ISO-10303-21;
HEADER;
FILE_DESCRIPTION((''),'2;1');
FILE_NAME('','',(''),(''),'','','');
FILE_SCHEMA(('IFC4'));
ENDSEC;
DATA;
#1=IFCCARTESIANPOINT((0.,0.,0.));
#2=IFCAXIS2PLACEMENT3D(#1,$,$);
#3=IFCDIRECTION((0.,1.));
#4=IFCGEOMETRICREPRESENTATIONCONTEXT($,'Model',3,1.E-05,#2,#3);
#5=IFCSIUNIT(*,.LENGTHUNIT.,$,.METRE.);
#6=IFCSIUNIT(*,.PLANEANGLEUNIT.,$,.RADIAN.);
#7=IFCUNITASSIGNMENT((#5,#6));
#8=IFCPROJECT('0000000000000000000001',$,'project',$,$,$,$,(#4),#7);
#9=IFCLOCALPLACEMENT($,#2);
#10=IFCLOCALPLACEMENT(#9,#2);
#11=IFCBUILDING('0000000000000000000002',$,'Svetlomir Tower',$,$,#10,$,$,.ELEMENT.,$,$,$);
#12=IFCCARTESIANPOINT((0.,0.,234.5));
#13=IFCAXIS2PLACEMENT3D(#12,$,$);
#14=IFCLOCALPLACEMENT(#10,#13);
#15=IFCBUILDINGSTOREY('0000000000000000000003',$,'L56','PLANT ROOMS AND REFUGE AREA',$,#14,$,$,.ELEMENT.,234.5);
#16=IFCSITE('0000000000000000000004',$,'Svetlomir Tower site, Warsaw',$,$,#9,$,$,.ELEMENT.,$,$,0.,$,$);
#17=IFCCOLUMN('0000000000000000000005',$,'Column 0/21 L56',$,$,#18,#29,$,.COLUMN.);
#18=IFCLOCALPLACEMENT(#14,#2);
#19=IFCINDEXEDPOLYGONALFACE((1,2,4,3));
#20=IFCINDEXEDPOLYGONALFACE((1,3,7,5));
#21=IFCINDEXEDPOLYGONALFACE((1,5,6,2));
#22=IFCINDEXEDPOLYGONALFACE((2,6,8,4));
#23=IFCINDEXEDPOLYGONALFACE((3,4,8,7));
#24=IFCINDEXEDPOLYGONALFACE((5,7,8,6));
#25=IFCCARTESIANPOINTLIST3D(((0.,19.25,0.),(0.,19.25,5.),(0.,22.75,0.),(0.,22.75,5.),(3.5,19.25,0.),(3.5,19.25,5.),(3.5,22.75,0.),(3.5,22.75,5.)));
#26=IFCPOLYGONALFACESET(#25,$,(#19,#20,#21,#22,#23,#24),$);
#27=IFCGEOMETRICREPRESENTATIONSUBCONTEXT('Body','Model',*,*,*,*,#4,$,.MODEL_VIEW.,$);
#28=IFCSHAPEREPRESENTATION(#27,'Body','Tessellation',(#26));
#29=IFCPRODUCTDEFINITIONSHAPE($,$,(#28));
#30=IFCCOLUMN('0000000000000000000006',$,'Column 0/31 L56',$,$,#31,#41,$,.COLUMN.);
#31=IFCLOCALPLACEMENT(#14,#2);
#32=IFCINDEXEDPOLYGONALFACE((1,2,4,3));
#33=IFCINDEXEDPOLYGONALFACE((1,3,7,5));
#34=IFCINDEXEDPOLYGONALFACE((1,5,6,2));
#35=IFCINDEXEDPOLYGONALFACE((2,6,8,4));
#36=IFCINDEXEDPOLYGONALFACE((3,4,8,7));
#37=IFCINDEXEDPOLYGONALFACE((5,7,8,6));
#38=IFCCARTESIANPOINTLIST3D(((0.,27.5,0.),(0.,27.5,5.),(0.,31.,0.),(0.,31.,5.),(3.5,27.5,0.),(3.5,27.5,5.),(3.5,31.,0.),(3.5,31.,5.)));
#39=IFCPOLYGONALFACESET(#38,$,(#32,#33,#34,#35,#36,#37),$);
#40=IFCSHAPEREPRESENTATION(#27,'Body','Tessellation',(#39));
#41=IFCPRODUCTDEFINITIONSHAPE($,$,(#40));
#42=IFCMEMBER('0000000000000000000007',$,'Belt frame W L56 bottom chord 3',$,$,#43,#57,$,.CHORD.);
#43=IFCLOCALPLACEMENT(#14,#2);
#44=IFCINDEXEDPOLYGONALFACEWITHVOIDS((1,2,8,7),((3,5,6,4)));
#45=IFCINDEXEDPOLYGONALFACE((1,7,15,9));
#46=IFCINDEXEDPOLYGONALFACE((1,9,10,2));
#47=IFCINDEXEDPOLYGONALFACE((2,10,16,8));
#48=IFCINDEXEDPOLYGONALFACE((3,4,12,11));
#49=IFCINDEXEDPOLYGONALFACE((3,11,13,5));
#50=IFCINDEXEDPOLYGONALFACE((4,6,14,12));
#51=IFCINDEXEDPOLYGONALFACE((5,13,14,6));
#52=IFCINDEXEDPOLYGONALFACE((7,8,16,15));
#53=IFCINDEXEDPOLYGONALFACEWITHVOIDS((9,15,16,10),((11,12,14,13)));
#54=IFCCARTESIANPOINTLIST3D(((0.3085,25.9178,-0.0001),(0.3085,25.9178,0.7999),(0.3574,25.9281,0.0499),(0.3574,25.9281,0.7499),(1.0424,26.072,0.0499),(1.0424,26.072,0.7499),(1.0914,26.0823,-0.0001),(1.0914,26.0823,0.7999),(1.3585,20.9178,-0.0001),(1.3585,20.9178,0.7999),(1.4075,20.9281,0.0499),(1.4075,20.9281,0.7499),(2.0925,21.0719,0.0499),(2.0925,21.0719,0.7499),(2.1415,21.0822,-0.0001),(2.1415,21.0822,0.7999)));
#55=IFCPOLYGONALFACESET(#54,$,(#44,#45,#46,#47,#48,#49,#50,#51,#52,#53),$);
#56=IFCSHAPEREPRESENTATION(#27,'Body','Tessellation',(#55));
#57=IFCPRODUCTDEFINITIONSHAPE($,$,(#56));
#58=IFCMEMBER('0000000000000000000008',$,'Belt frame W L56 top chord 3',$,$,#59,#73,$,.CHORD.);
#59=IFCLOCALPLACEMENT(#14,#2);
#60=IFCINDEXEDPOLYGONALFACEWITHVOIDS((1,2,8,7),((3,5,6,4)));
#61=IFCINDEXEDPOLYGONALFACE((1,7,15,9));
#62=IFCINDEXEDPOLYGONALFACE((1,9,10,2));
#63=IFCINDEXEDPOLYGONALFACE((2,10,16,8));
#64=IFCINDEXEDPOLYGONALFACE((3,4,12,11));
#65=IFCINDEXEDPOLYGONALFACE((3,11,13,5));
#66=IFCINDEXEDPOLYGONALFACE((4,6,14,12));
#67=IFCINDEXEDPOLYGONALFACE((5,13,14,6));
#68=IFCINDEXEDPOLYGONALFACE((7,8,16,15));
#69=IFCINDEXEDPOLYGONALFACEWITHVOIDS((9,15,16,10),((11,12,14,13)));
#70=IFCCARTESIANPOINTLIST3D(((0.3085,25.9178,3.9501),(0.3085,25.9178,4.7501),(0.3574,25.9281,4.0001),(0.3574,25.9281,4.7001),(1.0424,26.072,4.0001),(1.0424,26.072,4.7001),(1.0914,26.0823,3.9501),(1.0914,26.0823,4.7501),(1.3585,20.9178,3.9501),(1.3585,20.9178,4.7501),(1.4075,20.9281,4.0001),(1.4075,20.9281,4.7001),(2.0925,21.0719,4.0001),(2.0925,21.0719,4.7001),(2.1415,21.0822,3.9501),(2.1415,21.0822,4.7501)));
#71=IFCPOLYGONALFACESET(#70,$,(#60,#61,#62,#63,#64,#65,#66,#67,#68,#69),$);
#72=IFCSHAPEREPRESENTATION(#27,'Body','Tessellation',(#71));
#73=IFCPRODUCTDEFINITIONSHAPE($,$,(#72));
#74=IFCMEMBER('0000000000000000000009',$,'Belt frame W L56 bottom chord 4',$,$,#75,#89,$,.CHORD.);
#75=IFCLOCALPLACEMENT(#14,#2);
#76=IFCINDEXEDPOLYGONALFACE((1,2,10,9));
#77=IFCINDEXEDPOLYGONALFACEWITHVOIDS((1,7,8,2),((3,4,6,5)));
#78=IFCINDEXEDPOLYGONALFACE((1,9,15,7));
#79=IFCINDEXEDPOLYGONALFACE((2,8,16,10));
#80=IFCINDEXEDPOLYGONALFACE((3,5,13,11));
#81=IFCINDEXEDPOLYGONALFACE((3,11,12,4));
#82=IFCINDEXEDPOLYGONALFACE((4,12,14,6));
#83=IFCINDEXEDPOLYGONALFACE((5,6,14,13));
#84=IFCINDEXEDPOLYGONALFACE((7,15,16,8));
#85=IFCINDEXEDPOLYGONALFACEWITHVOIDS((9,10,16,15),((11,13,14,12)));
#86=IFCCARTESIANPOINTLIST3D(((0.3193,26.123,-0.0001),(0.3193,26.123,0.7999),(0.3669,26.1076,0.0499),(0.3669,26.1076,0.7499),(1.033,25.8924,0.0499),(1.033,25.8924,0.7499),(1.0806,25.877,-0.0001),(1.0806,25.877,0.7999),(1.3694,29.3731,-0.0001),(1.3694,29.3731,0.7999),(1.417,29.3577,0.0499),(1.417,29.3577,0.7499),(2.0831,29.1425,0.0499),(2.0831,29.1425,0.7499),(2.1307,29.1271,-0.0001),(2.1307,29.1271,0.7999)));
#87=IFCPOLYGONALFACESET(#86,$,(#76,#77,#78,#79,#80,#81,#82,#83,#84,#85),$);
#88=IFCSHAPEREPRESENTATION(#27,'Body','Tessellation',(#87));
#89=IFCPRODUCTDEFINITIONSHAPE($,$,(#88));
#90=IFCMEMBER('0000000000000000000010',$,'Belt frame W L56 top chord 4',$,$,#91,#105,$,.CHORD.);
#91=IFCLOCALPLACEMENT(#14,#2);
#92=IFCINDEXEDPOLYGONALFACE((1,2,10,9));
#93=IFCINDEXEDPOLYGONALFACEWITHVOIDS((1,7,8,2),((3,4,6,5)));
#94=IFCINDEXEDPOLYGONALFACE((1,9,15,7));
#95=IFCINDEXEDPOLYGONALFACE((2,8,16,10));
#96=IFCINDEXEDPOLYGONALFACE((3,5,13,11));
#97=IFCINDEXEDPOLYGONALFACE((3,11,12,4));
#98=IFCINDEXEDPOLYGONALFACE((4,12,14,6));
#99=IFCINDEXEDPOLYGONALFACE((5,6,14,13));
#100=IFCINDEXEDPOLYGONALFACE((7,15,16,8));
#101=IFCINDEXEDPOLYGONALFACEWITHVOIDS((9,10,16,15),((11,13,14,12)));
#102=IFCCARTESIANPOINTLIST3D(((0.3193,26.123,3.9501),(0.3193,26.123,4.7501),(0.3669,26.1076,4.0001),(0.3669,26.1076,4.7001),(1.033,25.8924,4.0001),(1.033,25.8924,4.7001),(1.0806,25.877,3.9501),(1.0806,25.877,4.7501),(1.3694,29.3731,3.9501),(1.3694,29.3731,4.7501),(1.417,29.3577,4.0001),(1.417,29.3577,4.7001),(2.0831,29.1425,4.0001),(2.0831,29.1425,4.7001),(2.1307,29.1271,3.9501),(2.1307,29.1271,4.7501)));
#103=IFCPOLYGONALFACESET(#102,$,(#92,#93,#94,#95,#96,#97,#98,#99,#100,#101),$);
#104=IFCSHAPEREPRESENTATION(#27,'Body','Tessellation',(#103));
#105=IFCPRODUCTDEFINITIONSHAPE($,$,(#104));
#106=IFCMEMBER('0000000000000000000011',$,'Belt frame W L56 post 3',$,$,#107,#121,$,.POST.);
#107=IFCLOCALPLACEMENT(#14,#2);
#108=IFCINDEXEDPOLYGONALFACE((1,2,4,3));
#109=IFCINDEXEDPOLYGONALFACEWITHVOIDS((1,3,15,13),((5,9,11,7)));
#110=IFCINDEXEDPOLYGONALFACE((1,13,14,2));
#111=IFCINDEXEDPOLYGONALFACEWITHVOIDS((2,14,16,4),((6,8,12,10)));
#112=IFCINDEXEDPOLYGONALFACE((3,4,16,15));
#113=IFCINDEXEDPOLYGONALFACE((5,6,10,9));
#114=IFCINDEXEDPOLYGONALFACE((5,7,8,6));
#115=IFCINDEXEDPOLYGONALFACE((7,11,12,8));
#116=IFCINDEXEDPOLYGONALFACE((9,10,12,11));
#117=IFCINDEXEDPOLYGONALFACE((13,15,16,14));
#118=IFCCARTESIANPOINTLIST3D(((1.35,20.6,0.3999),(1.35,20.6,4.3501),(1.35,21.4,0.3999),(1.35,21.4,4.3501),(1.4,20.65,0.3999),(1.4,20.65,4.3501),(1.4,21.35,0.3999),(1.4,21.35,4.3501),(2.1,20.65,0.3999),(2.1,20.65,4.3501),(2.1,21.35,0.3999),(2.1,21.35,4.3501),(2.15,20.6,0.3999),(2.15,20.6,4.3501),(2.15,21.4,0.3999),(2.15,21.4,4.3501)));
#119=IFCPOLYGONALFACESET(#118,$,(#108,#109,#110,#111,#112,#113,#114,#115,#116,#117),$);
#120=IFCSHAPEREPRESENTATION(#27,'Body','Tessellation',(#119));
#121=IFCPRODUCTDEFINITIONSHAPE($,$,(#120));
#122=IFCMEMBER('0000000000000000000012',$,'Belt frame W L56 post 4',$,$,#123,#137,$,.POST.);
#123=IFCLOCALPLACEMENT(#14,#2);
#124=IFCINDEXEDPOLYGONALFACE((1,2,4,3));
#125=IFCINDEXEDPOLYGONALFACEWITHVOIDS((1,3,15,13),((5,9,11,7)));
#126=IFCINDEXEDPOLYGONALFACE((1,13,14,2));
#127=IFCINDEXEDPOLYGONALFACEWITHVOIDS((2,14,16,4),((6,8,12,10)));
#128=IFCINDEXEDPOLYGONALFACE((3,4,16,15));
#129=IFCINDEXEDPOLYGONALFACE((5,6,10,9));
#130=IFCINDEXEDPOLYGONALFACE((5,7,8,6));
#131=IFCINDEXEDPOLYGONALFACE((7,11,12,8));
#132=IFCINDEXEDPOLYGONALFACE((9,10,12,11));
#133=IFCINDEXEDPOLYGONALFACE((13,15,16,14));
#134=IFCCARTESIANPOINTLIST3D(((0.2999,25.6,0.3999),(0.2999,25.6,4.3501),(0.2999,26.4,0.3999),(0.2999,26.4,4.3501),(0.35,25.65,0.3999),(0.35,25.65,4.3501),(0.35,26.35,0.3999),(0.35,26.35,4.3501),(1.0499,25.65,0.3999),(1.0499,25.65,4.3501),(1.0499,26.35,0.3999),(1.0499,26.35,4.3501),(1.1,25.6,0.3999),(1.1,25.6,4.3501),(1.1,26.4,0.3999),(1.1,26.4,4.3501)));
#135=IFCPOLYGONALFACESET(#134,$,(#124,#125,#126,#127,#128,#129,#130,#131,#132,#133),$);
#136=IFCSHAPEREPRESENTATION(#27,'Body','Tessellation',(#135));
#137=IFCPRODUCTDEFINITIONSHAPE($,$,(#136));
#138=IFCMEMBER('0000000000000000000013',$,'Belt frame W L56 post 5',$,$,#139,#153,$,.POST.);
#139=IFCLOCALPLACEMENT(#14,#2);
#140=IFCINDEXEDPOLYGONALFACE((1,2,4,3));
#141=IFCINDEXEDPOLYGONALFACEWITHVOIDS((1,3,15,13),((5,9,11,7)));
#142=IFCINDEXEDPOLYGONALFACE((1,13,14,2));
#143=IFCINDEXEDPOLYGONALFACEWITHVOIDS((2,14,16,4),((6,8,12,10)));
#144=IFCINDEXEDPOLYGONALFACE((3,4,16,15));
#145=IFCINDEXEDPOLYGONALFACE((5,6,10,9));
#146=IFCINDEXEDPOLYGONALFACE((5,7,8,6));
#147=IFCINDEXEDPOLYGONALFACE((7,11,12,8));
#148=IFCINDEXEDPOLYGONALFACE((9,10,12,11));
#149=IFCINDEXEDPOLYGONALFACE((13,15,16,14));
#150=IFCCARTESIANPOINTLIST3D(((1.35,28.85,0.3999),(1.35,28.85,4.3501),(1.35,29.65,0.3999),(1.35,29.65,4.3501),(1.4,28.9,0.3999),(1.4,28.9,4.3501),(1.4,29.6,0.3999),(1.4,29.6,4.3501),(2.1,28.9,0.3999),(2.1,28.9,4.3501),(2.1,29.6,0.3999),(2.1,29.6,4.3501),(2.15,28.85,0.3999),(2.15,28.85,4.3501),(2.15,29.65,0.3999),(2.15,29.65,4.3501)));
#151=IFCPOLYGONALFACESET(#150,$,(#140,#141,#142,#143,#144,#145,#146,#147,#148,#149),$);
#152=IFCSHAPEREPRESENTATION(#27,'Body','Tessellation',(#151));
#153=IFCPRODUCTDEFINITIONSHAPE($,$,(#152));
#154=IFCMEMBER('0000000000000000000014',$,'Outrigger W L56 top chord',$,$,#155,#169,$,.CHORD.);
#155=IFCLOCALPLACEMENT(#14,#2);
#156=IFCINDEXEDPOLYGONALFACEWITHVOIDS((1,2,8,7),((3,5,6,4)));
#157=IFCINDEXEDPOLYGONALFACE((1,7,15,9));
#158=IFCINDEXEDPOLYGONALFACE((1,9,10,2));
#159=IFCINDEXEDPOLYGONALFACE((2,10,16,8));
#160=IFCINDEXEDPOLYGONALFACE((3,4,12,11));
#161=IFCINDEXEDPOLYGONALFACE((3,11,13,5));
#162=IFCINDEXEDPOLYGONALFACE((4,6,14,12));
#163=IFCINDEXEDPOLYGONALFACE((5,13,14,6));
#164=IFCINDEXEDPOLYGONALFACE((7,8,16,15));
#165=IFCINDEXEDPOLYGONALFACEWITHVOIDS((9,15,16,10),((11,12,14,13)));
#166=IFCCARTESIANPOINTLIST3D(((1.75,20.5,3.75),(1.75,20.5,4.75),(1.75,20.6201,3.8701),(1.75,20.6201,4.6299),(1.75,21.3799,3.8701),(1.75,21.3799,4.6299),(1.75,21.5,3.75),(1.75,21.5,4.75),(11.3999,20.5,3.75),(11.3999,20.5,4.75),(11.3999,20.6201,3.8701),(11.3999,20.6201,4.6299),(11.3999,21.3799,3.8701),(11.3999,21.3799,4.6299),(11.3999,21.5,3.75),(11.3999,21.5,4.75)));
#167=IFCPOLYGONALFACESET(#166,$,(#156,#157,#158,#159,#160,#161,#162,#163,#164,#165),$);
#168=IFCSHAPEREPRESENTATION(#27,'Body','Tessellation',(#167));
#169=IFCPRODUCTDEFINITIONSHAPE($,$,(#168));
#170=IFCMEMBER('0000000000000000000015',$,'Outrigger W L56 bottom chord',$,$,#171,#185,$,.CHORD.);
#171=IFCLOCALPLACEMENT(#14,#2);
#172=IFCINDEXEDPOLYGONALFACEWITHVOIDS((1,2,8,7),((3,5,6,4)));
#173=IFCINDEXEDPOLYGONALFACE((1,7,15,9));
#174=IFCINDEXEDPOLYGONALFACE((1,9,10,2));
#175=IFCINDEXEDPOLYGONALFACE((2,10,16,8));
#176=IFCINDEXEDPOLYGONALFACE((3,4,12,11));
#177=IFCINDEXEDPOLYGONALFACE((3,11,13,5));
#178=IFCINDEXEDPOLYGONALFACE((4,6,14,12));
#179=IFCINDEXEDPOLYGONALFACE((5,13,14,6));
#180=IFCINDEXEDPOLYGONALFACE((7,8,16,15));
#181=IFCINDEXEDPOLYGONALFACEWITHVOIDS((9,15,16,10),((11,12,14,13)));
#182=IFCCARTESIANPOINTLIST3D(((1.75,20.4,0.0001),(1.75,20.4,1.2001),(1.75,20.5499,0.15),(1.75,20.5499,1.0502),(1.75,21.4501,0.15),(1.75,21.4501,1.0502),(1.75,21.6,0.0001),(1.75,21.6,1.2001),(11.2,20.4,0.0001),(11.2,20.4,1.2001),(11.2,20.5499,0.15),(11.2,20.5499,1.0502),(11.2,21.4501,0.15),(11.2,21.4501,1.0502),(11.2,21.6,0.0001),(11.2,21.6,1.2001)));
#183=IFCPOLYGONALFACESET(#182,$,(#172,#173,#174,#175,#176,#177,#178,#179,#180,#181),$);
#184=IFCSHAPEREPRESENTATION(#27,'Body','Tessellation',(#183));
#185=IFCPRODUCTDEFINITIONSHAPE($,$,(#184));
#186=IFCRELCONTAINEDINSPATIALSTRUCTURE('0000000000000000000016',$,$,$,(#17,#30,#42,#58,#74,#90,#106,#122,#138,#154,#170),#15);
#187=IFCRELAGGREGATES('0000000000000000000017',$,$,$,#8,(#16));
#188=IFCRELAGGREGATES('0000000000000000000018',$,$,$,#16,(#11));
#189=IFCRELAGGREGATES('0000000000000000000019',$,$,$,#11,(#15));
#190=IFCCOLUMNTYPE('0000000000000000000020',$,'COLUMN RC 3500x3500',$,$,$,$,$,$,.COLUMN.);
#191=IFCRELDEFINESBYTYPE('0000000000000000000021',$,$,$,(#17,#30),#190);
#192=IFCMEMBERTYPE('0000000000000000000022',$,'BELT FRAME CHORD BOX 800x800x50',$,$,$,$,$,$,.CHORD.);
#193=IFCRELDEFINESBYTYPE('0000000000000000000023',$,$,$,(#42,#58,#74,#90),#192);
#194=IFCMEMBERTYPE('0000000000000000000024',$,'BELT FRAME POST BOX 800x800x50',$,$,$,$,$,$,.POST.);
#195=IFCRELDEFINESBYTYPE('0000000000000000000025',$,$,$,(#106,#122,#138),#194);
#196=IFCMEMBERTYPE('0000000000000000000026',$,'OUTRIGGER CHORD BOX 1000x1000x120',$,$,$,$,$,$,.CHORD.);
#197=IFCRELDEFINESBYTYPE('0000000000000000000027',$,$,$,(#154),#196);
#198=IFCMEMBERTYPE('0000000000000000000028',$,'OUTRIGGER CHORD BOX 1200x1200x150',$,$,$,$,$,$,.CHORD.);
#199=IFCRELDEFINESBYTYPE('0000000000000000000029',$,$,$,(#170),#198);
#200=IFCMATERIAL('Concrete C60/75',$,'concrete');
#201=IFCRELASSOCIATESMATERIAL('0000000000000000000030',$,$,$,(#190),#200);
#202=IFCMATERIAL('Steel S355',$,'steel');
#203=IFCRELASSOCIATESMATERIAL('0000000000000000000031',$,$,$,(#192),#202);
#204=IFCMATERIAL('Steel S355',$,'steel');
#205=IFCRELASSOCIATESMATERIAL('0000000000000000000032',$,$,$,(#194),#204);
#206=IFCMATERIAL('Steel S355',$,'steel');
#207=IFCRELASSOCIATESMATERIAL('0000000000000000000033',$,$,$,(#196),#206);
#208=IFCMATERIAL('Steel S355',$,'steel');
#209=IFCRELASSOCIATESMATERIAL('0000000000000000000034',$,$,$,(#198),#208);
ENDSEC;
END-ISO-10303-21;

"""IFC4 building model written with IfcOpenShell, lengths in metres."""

from ifc_helpers import new_model, si_unit, direction, frame, origin, origin_2d, place, context, subcontext, project, spatial, rectangle, hollow_rectangle, extrude, material, material_profile, profile_set, type_object, element, save


model = new_model("IFC4")

# Units and contexts
model_context = context("Model", 3, precision=1e-05, world=origin(), true_north=direction((0.0, 1.0)))
body_context = subcontext(model_context, "Body", "Model", "MODEL_VIEW")
ifc_project = project(units=[si_unit("LENGTHUNIT", "METRE"), si_unit("PLANEANGLEUNIT", "RADIAN")], contexts=[model_context])

# Site, building, storey
site_placement = place(None, origin())
site = spatial("IfcSite", under=ifc_project, at=site_placement, Name="Svetlomir Tower site, Warsaw", CompositionType="ELEMENT", RefElevation=0.0)
building_placement = place(site_placement, origin())
building = spatial("IfcBuilding", under=site, at=building_placement, Name="Svetlomir Tower", CompositionType="ELEMENT")
storey_placement = place(building_placement, frame((0.0, 0.0, 234.5)))
storey = spatial("IfcBuildingStorey", under=building, at=storey_placement, Name="L56", Description="PLANT ROOMS AND REFUGE AREA", CompositionType="ELEMENT", Elevation=234.5)

# Columns
ifc_material_1 = material(Name="Concrete C60/75", Category="concrete")
ifc_material_profile_1 = material_profile(ifc_material_1, rectangle(XDim=3.5, YDim=3.5, at=origin_2d()), Name="RC 3500x3500")
ifc_profile_set_1 = profile_set([ifc_material_profile_1], Name="Concrete C60/75")
column_type = type_object("IfcColumnType", Name="COLUMN RC 3500x3500", PredefinedType="COLUMN", material=ifc_profile_set_1)
for number, where, z_axis, x_axis, name in (
    (1, (1.75, 21.0, 0.0), (0.0, 0.0, 1.0), (1.0, 0.0, 0.0), "Column 0/21 L56"),
    (2, (1.75, 29.25, 0.0), (0.0, 0.0, 1.0), (1.0, 0.0, 0.0), "Column 0/31 L56"),
):
    element("IfcColumn", number, at=place(storey_placement, frame(where, z_axis=z_axis, x_axis=x_axis)), inside=storey, type_object=column_type, Name=name, PredefinedType="COLUMN", context=body_context, shape_type="SweptSolid", body=[
        extrude(rectangle(XDim=3.5, YDim=3.5, at=origin_2d()), origin(), (0.0, 0.0, 1.0), 5.0),
    ])

# Members
ifc_material_2 = material(Name="Steel S355", Category="steel")
ifc_material_profile_2 = material_profile(ifc_material_2, hollow_rectangle(XDim=0.8, YDim=0.8, WallThickness=0.05, at=origin_2d()), Name="BOX 800x800x50")
ifc_profile_set_2 = profile_set([ifc_material_profile_2], Name="Steel S355")
member_type_1 = type_object("IfcMemberType", Name="BELT FRAME CHORD BOX 800x800x50", PredefinedType="CHORD", material=ifc_profile_set_2)
for number, where, z_axis, x_axis, name in (
    (3, (1.75, 21.0, 0.3999), (-0.205526, 0.978652, 0.0), (-0.978652, -0.205526, 0.0), "Belt frame W L56 bottom chord 3"),
    (4, (1.75, 21.0, 4.3501), (-0.205526, 0.978652, 0.0), (-0.978652, -0.205526, 0.0), "Belt frame W L56 top chord 3"),
):
    element("IfcMember", number, at=place(storey_placement, frame(where, z_axis=z_axis, x_axis=x_axis)), inside=storey, type_object=member_type_1, Name=name, PredefinedType="CHORD", context=body_context, shape_type="SweptSolid", body=[
        extrude(hollow_rectangle(XDim=0.8, YDim=0.8, WallThickness=0.05, at=origin_2d()), origin(), (0.0, 0.0, 1.0), 5.1091),
    ])
for number, where, z_axis, x_axis, name in (
    (5, (0.7, 26.0, 0.3999), (0.307443, 0.951566, 0.0), (-0.951566, 0.307443, 0.0), "Belt frame W L56 bottom chord 4"),
    (6, (0.7, 26.0, 4.3501), (0.307443, 0.951566, 0.0), (-0.951566, 0.307443, 0.0), "Belt frame W L56 top chord 4"),
):
    element("IfcMember", number, at=place(storey_placement, frame(where, z_axis=z_axis, x_axis=x_axis)), inside=storey, type_object=member_type_1, Name=name, PredefinedType="CHORD", context=body_context, shape_type="SweptSolid", body=[
        extrude(hollow_rectangle(XDim=0.8, YDim=0.8, WallThickness=0.05, at=origin_2d()), origin(), (0.0, 0.0, 1.0), 3.4155),
    ])
ifc_material_3 = material(Name="Steel S355", Category="steel")
ifc_material_profile_3 = material_profile(ifc_material_3, hollow_rectangle(XDim=0.8, YDim=0.8, WallThickness=0.05, at=origin_2d()), Name="BOX 800x800x50")
ifc_profile_set_3 = profile_set([ifc_material_profile_3], Name="Steel S355")
member_type_2 = type_object("IfcMemberType", Name="BELT FRAME POST BOX 800x800x50", PredefinedType="POST", material=ifc_profile_set_3)
for number, where, z_axis, x_axis, name in (
    (7, (1.75, 21.0, 0.3999), (0.0, 0.0, 1.0), (1.0, 0.0, 0.0), "Belt frame W L56 post 3"),
    (8, (0.7, 26.0, 0.3999), (0.0, 0.0, 1.0), (1.0, 0.0, 0.0), "Belt frame W L56 post 4"),
    (9, (1.75, 29.25, 0.3999), (0.0, 0.0, 1.0), (1.0, 0.0, 0.0), "Belt frame W L56 post 5"),
):
    element("IfcMember", number, at=place(storey_placement, frame(where, z_axis=z_axis, x_axis=x_axis)), inside=storey, type_object=member_type_2, Name=name, PredefinedType="POST", context=body_context, shape_type="SweptSolid", body=[
        extrude(hollow_rectangle(XDim=0.8, YDim=0.8, WallThickness=0.05, at=origin_2d()), origin(), (0.0, 0.0, 1.0), 3.9502),
    ])
ifc_material_4 = material(Name="Steel S355", Category="steel")
ifc_material_profile_4 = material_profile(ifc_material_4, hollow_rectangle(XDim=1.0, YDim=1.0, WallThickness=0.1201, at=origin_2d()), Name="BOX 1000x1000x120")
ifc_profile_set_4 = profile_set([ifc_material_profile_4], Name="Steel S355")
member_type_3 = type_object("IfcMemberType", Name="OUTRIGGER CHORD BOX 1000x1000x120", PredefinedType="CHORD", material=ifc_profile_set_4)
member_1_placement = place(storey_placement, frame((11.3999, 21.0, 4.25), z_axis=(-1.0, 0.0, 0.0), x_axis=(0.0, -1.0, 0.0)))
element("IfcMember", 10, at=member_1_placement, inside=storey, type_object=member_type_3, Name="Outrigger W L56 top chord", PredefinedType="CHORD", context=body_context, shape_type="SweptSolid", body=[
    extrude(hollow_rectangle(XDim=1.0, YDim=1.0, WallThickness=0.1201, at=origin_2d()), origin(), (0.0, 0.0, 1.0), 9.6499),
])
ifc_material_5 = material(Name="Steel S355", Category="steel")
ifc_material_profile_5 = material_profile(ifc_material_5, hollow_rectangle(XDim=1.2, YDim=1.2, WallThickness=0.1499, at=origin_2d()), Name="BOX 1200x1200x150")
ifc_profile_set_5 = profile_set([ifc_material_profile_5], Name="Steel S355")
member_type_4 = type_object("IfcMemberType", Name="OUTRIGGER CHORD BOX 1200x1200x150", PredefinedType="CHORD", material=ifc_profile_set_5)
member_2_placement = place(storey_placement, frame((11.2, 21.0, 0.6001), z_axis=(-1.0, 0.0, 0.0), x_axis=(0.0, -1.0, 0.0)))
element("IfcMember", 11, at=member_2_placement, inside=storey, type_object=member_type_4, Name="Outrigger W L56 bottom chord", PredefinedType="CHORD", context=body_context, shape_type="SweptSolid", body=[
    extrude(hollow_rectangle(XDim=1.2, YDim=1.2, WallThickness=0.1499, at=origin_2d()), origin(), (0.0, 0.0, 1.0), 9.45),
])

save(model, "model.ifc")
